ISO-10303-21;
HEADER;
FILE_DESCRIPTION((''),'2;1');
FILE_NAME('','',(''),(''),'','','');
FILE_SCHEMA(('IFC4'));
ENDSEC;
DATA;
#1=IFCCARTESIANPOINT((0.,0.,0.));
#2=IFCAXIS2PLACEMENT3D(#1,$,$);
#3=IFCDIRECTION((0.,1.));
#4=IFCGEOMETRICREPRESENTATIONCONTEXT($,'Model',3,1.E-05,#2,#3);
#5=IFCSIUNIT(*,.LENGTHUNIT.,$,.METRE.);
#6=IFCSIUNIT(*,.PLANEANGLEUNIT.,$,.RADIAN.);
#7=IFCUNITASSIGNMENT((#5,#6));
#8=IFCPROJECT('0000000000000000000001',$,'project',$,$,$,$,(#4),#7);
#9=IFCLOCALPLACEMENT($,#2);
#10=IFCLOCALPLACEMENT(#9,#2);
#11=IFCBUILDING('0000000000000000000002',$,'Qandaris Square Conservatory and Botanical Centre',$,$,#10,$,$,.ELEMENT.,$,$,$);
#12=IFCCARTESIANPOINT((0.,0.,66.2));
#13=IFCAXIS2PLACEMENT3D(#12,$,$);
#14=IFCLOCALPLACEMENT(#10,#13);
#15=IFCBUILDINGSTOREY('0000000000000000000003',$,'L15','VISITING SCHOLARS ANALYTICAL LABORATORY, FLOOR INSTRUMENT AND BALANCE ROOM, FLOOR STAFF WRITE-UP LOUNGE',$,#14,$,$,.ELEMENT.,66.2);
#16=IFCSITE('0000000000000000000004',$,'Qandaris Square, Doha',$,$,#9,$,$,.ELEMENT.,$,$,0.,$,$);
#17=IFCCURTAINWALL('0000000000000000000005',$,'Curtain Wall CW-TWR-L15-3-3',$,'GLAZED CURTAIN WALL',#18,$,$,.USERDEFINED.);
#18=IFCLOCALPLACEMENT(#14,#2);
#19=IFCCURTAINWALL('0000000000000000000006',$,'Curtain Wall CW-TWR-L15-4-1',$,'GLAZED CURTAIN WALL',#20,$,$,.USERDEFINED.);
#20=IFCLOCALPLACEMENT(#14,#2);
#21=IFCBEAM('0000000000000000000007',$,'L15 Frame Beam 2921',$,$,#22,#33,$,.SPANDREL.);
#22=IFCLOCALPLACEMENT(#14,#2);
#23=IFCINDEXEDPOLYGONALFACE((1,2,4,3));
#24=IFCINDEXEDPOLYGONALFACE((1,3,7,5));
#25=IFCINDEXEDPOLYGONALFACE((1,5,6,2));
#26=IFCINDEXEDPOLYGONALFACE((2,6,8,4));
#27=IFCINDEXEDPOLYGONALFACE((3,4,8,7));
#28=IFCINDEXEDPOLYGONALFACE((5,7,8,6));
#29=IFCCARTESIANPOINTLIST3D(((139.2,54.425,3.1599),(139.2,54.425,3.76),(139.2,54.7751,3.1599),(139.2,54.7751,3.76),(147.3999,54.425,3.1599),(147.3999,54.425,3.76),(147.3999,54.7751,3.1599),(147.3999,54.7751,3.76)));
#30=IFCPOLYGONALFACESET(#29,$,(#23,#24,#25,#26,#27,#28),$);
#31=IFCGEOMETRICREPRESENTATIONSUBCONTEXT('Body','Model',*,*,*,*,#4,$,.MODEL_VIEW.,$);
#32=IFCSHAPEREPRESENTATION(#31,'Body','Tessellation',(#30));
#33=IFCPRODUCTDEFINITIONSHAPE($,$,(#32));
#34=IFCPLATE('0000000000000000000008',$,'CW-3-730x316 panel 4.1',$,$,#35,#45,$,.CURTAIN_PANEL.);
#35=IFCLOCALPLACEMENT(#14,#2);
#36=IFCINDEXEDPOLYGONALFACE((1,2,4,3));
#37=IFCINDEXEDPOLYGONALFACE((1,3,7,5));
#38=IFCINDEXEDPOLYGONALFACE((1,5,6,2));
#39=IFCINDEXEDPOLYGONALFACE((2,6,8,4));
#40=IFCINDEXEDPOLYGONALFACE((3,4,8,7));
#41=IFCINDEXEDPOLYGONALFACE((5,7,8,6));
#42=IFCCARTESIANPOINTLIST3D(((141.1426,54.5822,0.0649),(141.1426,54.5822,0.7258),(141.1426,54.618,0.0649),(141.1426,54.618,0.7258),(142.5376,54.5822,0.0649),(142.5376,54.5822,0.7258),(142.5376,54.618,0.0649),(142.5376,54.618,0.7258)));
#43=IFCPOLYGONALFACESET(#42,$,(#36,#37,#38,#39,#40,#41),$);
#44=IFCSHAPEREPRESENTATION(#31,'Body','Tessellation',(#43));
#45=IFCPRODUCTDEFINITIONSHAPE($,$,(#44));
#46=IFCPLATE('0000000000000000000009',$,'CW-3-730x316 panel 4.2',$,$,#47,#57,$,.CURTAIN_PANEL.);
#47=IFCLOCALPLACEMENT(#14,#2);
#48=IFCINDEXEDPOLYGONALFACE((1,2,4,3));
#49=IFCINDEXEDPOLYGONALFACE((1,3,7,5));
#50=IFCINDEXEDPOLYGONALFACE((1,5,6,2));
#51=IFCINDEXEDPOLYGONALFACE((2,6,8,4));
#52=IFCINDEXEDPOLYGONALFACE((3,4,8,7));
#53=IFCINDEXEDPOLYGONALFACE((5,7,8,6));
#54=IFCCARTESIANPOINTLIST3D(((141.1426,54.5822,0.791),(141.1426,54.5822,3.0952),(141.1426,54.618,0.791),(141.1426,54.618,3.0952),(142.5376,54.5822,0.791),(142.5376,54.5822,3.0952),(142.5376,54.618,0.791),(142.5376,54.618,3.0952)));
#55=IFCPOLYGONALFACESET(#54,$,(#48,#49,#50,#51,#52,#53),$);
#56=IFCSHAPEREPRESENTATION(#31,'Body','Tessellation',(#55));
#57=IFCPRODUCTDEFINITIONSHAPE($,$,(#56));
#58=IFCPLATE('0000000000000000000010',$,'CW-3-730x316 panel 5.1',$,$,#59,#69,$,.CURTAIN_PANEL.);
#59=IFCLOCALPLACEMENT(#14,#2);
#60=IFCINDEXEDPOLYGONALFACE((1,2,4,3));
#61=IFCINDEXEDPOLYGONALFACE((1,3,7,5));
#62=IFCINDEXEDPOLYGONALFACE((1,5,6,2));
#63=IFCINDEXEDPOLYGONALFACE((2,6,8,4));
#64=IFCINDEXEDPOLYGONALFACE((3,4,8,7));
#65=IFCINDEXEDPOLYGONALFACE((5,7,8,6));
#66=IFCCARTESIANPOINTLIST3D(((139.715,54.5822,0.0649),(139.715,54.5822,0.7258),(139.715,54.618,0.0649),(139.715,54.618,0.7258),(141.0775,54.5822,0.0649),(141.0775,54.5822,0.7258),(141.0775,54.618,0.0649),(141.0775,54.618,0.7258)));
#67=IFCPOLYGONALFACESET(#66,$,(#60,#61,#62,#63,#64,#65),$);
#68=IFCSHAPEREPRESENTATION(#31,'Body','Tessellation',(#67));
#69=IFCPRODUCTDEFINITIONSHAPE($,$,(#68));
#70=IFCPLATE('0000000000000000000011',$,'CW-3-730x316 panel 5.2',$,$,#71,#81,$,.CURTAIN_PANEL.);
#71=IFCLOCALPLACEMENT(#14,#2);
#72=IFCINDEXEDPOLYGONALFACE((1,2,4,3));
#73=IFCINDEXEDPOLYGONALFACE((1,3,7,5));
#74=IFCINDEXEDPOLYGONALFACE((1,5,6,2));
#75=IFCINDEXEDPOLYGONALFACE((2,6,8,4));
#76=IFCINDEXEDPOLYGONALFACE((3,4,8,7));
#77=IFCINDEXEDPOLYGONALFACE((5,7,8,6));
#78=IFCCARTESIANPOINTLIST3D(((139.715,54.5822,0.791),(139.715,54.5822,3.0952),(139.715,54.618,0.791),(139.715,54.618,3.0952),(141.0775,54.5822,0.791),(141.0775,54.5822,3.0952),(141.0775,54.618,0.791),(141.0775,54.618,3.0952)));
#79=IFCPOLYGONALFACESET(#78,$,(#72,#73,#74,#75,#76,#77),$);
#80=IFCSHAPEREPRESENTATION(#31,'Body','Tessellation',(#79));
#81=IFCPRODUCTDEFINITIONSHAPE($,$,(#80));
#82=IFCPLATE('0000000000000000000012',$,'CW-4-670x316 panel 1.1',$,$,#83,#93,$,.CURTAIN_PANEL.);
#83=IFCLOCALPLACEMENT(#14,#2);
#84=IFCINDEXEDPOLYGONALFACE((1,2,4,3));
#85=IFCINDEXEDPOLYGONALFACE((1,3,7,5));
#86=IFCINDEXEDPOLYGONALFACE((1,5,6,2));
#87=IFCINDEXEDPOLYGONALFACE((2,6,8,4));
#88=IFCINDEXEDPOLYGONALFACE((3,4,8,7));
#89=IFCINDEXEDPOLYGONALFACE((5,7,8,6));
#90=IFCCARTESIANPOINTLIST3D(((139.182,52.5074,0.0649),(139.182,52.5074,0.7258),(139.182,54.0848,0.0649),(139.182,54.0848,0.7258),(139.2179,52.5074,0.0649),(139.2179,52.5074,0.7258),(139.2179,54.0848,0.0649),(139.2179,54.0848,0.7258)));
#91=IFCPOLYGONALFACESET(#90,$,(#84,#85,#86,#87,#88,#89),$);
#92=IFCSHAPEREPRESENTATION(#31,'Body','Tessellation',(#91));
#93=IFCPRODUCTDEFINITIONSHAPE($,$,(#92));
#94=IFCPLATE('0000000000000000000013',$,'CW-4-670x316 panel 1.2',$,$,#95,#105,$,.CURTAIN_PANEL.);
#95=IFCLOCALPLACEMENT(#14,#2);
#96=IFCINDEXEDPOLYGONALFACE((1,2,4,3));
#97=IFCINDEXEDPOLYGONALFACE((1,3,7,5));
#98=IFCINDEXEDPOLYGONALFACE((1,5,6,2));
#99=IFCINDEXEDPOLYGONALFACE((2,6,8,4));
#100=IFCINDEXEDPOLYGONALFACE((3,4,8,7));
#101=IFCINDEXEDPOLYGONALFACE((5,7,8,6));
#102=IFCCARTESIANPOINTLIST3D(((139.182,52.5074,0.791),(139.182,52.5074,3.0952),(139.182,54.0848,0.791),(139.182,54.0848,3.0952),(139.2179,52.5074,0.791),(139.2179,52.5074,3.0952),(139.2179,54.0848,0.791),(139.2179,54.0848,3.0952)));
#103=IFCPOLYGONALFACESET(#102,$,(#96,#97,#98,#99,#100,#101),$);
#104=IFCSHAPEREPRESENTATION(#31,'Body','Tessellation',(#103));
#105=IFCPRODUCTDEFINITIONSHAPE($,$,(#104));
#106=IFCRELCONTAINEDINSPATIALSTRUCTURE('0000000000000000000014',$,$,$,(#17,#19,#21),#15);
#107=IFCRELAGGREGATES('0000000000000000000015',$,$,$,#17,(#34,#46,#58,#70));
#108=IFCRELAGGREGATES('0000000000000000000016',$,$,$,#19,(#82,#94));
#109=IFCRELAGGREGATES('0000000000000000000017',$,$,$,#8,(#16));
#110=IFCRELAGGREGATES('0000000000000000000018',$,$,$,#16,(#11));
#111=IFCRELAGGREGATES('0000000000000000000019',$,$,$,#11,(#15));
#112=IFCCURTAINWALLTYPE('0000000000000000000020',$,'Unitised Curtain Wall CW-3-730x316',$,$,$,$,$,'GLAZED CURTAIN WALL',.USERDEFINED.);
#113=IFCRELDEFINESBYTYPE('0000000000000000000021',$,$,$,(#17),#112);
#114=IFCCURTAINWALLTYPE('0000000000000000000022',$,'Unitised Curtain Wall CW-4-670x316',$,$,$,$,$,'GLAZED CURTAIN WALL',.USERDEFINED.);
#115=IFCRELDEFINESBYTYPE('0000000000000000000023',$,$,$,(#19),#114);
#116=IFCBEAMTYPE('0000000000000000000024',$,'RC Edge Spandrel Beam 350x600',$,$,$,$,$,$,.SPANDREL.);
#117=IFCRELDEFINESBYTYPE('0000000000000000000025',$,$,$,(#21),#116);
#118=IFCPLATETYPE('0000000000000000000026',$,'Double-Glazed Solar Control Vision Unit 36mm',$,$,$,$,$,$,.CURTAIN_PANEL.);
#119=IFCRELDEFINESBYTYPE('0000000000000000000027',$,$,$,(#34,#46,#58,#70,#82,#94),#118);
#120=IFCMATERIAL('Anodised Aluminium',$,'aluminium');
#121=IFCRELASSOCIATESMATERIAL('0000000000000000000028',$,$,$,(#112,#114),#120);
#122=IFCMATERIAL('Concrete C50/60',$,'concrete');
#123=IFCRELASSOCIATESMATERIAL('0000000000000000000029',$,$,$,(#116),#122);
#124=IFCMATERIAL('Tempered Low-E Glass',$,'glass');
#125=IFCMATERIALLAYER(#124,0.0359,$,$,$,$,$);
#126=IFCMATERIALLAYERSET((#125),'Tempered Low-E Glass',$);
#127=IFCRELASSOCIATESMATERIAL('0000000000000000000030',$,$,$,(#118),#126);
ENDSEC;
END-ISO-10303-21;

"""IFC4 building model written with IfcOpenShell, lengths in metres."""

from ifc_helpers import new_model, si_unit, direction, frame, origin, origin_2d, place, context, subcontext, project, spatial, rectangle, extrude, material, layer, layer_set, material_profile, profile_set, type_object, element, aggregate, save


model = new_model("IFC4")

# Units and contexts
model_context = context("Model", 3, precision=1e-05, world=origin(), true_north=direction((0.0, 1.0)))
body_context = subcontext(model_context, "Body", "Model", "MODEL_VIEW")
ifc_project = project(units=[si_unit("LENGTHUNIT", "METRE"), si_unit("PLANEANGLEUNIT", "RADIAN")], contexts=[model_context])

# Site, building, storey
site_placement = place(None, origin())
site = spatial("IfcSite", under=ifc_project, at=site_placement, Name="Qandaris Square, Doha", CompositionType="ELEMENT", RefElevation=0.0)
building_placement = place(site_placement, origin())
building = spatial("IfcBuilding", under=site, at=building_placement, Name="Qandaris Square Conservatory and Botanical Centre", CompositionType="ELEMENT")
storey_placement = place(building_placement, frame((0.0, 0.0, 66.2)))
storey = spatial("IfcBuildingStorey", under=building, at=storey_placement, Name="L15", Description="VISITING SCHOLARS ANALYTICAL LABORATORY, FLOOR INSTRUMENT AND BALANCE ROOM, FLOOR STAFF WRITE-UP LOUNGE", CompositionType="ELEMENT", Elevation=66.2)

# Curtain walls
ifc_material_1 = material(Name="Anodised Aluminium", Category="aluminium")
curtain_wall_type_1 = type_object("IfcCurtainWallType", Name="Unitised Curtain Wall CW-3-730x316", ElementType="GLAZED CURTAIN WALL", PredefinedType="USERDEFINED", material=ifc_material_1)
curtain_wall_1_placement = place(storey_placement, origin())
curtain_wall_1 = element("IfcCurtainWall", 1, at=curtain_wall_1_placement, inside=storey, type_object=curtain_wall_type_1, Name="Curtain Wall CW-TWR-L15-3-3", ObjectType="GLAZED CURTAIN WALL", PredefinedType="USERDEFINED")
curtain_wall_type_2 = type_object("IfcCurtainWallType", Name="Unitised Curtain Wall CW-4-670x316", ElementType="GLAZED CURTAIN WALL", PredefinedType="USERDEFINED", material=ifc_material_1)
curtain_wall_2_placement = place(storey_placement, origin())
curtain_wall_2 = element("IfcCurtainWall", 2, at=curtain_wall_2_placement, inside=storey, type_object=curtain_wall_type_2, Name="Curtain Wall CW-TWR-L15-4-1", ObjectType="GLAZED CURTAIN WALL", PredefinedType="USERDEFINED")

# Beam
ifc_material_2 = material(Name="Concrete C50/60", Category="concrete")
ifc_material_profile_1 = material_profile(ifc_material_2, rectangle(XDim=0.3501, YDim=0.6001, at=origin_2d()), Name="RC-SP 350x600")
ifc_profile_set_1 = profile_set([ifc_material_profile_1], Name="Concrete C50/60")
beam_type = type_object("IfcBeamType", Name="RC Edge Spandrel Beam 350x600", PredefinedType="SPANDREL", material=ifc_profile_set_1)
beam_placement = place(storey_placement, frame((139.2, 54.6001, 3.46), z_axis=(1.0, 0.0, 0.0), x_axis=(0.0, 1.0, 0.0)))
element("IfcBeam", 3, at=beam_placement, inside=storey, type_object=beam_type, Name="L15 Frame Beam 2921", PredefinedType="SPANDREL", context=body_context, shape_type="SweptSolid", body=[
    extrude(rectangle(XDim=0.3501, YDim=0.6001, at=origin_2d()), origin(), (0.0, 0.0, 1.0), 8.2),
])

# Plates
ifc_material_3 = material(Name="Tempered Low-E Glass", Category="glass")
ifc_layer = layer(ifc_material_3, 0.0359)
ifc_layer_set = layer_set([ifc_layer], Name="Tempered Low-E Glass")
plate_type = type_object("IfcPlateType", Name="Double-Glazed Solar Control Vision Unit 36mm", PredefinedType="CURTAIN_PANEL", material=ifc_layer_set)
plate_1_placement = place(storey_placement, frame((141.8401, 54.6001, 0.0649), z_axis=(0.0, 0.0, 1.0), x_axis=(-1.0, 0.0, 0.0)))
plate_1 = element("IfcPlate", 4, at=plate_1_placement, type_object=plate_type, Name="CW-3-730x316 panel 4.1", PredefinedType="CURTAIN_PANEL", context=body_context, shape_type="SweptSolid", body=[
    extrude(rectangle(XDim=1.395, YDim=0.0359, at=origin_2d()), origin(), (0.0, 0.0, 1.0), 0.6609),
])
plate_2_placement = place(storey_placement, frame((141.8401, 54.6001, 0.791), z_axis=(0.0, 0.0, 1.0), x_axis=(-1.0, 0.0, 0.0)))
plate_2 = element("IfcPlate", 5, at=plate_2_placement, type_object=plate_type, Name="CW-3-730x316 panel 4.2", PredefinedType="CURTAIN_PANEL", context=body_context, shape_type="SweptSolid", body=[
    extrude(rectangle(XDim=1.395, YDim=0.0359, at=origin_2d()), origin(), (0.0, 0.0, 1.0), 2.3042),
])
plate_3_placement = place(storey_placement, frame((140.3962, 54.6001, 0.0649), z_axis=(0.0, 0.0, 1.0), x_axis=(-1.0, 0.0, 0.0)))
plate_3 = element("IfcPlate", 6, at=plate_3_placement, type_object=plate_type, Name="CW-3-730x316 panel 5.1", PredefinedType="CURTAIN_PANEL", context=body_context, shape_type="SweptSolid", body=[
    extrude(rectangle(XDim=1.3625, YDim=0.0359, at=origin_2d()), origin(), (0.0, 0.0, 1.0), 0.6609),
])
plate_4_placement = place(storey_placement, frame((140.3962, 54.6001, 0.791), z_axis=(0.0, 0.0, 1.0), x_axis=(-1.0, 0.0, 0.0)))
plate_4 = element("IfcPlate", 7, at=plate_4_placement, type_object=plate_type, Name="CW-3-730x316 panel 5.2", PredefinedType="CURTAIN_PANEL", context=body_context, shape_type="SweptSolid", body=[
    extrude(rectangle(XDim=1.3625, YDim=0.0359, at=origin_2d()), origin(), (0.0, 0.0, 1.0), 2.3042),
])
aggregate(curtain_wall_1, [plate_1, plate_2, plate_3, plate_4])
plate_5_placement = place(storey_placement, frame((139.2, 53.2961, 0.0649), z_axis=(0.0, 0.0, 1.0), x_axis=(0.0, -1.0, 0.0)))
plate_5 = element("IfcPlate", 8, at=plate_5_placement, type_object=plate_type, Name="CW-4-670x316 panel 1.1", PredefinedType="CURTAIN_PANEL", context=body_context, shape_type="SweptSolid", body=[
    extrude(rectangle(XDim=1.5774, YDim=0.0359, at=origin_2d()), origin(), (0.0, 0.0, 1.0), 0.6609),
])
plate_6_placement = place(storey_placement, frame((139.2, 53.2961, 0.791), z_axis=(0.0, 0.0, 1.0), x_axis=(0.0, -1.0, 0.0)))
plate_6 = element("IfcPlate", 9, at=plate_6_placement, type_object=plate_type, Name="CW-4-670x316 panel 1.2", PredefinedType="CURTAIN_PANEL", context=body_context, shape_type="SweptSolid", body=[
    extrude(rectangle(XDim=1.5774, YDim=0.0359, at=origin_2d()), origin(), (0.0, 0.0, 1.0), 2.3042),
])
aggregate(curtain_wall_2, [plate_5, plate_6])

save(model, "model.ifc")
